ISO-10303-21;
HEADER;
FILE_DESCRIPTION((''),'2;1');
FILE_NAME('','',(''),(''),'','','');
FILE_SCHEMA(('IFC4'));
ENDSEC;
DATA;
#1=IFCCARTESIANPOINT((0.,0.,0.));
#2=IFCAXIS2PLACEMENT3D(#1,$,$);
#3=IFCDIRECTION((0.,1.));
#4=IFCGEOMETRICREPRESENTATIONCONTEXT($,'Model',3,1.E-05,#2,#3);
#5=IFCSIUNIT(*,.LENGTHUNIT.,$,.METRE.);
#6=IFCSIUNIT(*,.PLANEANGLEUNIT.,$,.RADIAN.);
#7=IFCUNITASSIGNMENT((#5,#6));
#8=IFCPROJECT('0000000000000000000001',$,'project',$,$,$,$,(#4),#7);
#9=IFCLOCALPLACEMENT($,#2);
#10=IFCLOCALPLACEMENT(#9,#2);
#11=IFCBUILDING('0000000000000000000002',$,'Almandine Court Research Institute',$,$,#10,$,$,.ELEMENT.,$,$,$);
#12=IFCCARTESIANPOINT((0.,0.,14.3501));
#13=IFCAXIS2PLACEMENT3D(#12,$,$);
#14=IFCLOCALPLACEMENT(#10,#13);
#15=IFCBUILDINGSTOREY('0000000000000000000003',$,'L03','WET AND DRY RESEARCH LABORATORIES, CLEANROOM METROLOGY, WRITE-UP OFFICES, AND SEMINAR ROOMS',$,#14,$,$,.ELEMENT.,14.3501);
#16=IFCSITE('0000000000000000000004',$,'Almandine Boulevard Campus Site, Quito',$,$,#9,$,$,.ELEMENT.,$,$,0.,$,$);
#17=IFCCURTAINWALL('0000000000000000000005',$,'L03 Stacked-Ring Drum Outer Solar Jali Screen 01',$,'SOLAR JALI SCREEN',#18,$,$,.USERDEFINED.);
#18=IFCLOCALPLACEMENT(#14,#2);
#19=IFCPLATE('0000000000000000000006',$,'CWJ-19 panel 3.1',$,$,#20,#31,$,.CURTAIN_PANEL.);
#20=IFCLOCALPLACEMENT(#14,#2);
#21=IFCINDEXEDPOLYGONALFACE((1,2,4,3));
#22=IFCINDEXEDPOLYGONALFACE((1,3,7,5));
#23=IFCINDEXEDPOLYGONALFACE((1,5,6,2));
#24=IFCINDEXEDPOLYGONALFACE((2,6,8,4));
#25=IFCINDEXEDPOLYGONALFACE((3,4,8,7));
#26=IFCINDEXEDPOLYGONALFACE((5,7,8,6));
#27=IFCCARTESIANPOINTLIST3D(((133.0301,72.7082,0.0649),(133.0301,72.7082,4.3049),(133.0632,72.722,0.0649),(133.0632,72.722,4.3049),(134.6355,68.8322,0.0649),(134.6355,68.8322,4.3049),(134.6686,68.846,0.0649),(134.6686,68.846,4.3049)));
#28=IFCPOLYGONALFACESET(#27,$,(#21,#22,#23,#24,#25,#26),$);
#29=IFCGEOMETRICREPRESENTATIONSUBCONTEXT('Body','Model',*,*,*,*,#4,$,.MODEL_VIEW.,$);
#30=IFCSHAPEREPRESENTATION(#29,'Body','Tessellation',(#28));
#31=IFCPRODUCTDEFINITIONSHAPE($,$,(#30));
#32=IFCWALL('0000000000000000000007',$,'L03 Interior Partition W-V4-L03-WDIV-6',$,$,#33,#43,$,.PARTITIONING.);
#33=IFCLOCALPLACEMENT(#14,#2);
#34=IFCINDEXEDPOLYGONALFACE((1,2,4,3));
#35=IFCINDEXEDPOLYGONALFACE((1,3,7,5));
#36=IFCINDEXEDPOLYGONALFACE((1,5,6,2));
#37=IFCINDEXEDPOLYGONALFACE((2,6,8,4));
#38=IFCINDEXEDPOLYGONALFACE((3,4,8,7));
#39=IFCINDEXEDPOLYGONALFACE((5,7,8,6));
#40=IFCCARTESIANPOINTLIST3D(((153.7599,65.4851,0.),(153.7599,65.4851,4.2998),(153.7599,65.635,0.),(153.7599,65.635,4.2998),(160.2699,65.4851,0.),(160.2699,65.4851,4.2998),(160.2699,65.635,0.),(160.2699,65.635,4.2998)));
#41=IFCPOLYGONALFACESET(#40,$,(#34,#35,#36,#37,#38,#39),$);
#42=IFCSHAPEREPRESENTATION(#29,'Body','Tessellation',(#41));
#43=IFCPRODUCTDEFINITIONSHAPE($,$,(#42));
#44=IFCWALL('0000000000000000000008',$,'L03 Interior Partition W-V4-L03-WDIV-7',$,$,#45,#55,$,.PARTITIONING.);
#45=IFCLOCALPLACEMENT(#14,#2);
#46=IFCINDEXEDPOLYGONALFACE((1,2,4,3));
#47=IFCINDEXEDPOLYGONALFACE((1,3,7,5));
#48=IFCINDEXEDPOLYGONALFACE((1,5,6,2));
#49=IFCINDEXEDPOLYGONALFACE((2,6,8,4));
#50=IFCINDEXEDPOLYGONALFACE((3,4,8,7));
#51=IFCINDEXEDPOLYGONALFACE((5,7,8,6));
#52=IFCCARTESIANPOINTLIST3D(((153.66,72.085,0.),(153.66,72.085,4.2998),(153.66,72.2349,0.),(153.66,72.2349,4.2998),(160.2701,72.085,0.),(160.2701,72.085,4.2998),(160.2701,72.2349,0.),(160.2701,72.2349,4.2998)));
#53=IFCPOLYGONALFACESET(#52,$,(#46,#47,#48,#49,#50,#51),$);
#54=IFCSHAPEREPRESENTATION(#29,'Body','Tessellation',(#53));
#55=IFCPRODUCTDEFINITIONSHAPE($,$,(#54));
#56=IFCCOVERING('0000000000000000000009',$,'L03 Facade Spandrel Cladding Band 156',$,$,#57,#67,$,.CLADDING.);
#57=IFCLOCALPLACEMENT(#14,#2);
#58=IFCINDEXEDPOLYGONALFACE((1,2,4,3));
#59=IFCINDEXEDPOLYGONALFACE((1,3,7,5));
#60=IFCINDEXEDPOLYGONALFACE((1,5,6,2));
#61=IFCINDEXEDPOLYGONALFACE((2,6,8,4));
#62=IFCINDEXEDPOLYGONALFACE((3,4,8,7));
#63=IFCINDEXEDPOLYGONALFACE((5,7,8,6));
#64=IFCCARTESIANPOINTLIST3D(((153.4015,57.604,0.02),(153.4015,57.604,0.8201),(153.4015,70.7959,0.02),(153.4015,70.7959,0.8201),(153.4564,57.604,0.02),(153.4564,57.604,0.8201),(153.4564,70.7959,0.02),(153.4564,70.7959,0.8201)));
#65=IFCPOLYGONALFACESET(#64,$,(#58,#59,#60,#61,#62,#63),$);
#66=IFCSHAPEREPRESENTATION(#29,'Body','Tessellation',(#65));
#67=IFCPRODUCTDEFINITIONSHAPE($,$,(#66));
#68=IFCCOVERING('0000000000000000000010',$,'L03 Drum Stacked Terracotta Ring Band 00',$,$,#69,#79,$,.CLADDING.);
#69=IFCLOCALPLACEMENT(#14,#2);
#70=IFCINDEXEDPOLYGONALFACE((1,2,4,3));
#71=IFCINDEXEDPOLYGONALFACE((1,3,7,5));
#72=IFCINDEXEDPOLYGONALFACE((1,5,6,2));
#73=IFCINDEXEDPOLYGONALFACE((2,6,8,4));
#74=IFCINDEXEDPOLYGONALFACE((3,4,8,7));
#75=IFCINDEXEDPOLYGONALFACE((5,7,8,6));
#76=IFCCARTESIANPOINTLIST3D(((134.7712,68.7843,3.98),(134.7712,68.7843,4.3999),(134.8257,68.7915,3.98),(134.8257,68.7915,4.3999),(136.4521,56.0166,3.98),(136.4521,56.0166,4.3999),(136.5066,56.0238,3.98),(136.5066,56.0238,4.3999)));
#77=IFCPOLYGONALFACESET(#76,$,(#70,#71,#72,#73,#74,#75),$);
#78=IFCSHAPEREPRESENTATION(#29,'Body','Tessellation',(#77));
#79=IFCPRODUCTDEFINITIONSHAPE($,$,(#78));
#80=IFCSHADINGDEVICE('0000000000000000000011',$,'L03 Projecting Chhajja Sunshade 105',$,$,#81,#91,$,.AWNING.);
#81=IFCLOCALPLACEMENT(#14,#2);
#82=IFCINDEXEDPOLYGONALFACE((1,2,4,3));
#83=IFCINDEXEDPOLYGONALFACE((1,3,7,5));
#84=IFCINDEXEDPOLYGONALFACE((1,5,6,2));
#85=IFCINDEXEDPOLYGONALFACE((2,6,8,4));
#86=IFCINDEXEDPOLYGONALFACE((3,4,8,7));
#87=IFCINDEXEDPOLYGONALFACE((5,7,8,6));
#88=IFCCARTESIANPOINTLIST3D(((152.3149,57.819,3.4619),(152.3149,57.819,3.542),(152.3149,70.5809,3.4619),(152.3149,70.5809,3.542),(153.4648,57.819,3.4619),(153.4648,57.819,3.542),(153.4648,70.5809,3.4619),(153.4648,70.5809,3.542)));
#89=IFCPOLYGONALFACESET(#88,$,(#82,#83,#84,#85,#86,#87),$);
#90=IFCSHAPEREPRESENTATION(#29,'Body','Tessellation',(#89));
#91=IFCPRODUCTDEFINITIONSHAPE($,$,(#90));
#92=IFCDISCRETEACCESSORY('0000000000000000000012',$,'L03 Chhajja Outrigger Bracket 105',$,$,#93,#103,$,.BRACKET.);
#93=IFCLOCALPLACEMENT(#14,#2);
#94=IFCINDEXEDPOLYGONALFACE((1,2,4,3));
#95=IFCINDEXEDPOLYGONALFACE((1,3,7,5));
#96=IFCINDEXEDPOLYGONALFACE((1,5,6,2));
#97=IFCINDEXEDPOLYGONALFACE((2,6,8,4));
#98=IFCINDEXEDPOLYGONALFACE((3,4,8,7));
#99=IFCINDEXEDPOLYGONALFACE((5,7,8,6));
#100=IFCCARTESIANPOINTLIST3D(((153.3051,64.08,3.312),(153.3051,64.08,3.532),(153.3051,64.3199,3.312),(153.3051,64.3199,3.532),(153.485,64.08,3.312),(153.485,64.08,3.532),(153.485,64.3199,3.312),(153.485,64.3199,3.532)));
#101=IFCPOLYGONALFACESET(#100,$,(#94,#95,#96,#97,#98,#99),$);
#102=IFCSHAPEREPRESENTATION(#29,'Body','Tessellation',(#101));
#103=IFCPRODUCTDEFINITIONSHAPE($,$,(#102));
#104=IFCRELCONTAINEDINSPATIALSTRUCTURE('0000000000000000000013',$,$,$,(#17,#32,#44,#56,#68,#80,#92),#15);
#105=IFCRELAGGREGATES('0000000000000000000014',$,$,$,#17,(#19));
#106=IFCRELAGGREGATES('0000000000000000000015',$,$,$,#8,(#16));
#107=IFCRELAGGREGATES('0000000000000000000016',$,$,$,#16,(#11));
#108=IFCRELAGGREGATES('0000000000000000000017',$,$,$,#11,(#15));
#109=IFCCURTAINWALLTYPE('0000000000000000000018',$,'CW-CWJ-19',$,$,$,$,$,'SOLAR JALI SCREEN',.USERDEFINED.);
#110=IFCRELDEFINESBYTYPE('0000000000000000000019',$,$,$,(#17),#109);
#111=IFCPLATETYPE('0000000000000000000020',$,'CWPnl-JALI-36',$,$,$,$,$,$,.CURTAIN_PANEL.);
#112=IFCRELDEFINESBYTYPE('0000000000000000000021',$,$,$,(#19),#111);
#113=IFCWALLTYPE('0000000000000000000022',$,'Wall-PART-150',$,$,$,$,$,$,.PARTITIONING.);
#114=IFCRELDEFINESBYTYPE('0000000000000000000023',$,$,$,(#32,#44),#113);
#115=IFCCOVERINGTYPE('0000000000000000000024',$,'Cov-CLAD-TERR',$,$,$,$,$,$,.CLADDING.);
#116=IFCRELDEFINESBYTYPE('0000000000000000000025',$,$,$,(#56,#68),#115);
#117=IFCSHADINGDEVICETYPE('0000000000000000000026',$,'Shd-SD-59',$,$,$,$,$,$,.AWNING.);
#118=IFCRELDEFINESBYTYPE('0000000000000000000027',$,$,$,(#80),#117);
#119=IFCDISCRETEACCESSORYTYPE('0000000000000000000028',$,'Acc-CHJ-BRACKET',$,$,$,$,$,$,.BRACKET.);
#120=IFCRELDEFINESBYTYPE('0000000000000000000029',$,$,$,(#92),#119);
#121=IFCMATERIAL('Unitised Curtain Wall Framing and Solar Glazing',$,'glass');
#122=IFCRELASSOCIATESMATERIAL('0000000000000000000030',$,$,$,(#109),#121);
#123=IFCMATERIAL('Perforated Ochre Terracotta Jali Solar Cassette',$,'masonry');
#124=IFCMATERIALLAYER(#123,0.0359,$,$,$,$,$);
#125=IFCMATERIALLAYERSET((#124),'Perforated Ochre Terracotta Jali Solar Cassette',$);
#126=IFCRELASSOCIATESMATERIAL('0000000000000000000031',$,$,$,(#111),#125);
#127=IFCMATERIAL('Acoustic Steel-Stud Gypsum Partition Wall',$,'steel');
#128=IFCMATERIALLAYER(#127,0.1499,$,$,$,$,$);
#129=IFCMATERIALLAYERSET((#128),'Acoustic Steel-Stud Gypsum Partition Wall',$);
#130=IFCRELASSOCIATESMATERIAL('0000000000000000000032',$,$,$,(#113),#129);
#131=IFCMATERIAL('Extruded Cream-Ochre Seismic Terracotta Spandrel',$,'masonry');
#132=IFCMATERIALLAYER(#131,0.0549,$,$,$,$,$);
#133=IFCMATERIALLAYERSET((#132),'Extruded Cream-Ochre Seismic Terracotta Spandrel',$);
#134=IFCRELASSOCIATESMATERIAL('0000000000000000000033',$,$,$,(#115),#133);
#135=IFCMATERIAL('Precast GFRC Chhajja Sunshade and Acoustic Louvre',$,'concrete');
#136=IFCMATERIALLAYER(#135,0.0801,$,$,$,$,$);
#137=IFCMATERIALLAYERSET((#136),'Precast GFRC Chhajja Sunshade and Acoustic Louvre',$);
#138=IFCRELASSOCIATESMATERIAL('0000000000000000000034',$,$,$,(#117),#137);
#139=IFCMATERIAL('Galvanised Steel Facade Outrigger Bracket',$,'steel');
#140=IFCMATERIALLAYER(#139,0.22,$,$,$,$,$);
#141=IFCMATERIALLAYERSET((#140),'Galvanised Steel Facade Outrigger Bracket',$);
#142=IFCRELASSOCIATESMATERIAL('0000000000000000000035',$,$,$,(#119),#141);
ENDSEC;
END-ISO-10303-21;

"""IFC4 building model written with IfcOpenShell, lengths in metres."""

from ifc_helpers import new_model, si_unit, direction, frame, frame_2d, origin, origin_2d, place, context, subcontext, project, spatial, rectangle, extrude, material, layer, layer_set, type_object, element, aggregate, save


model = new_model("IFC4")

# Units and contexts
model_context = context("Model", 3, precision=1e-05, world=origin(), true_north=direction((0.0, 1.0)))
body_context = subcontext(model_context, "Body", "Model", "MODEL_VIEW")
ifc_project = project(units=[si_unit("LENGTHUNIT", "METRE"), si_unit("PLANEANGLEUNIT", "RADIAN")], contexts=[model_context])

# Site, building, storey
site_placement = place(None, origin())
site = spatial("IfcSite", under=ifc_project, at=site_placement, Name="Almandine Boulevard Campus Site, Quito", CompositionType="ELEMENT", RefElevation=0.0)
building_placement = place(site_placement, origin())
building = spatial("IfcBuilding", under=site, at=building_placement, Name="Almandine Court Research Institute", CompositionType="ELEMENT")
storey_placement = place(building_placement, frame((0.0, 0.0, 14.3501)))
storey = spatial("IfcBuildingStorey", under=building, at=storey_placement, Name="L03", Description="WET AND DRY RESEARCH LABORATORIES, CLEANROOM METROLOGY, WRITE-UP OFFICES, AND SEMINAR ROOMS", CompositionType="ELEMENT", Elevation=14.3501)

# Shared definitions
ifc_material_1 = material(Name="Unitised Curtain Wall Framing and Solar Glazing", Category="glass")

# Curtain wall
curtain_wall_type_1 = type_object("IfcCurtainWallType", Name="CW-CWJ-19", ElementType="SOLAR JALI SCREEN", PredefinedType="USERDEFINED", material=ifc_material_1)
curtain_wall_1_placement = place(storey_placement, origin())
curtain_wall_1 = element("IfcCurtainWall", 1, at=curtain_wall_1_placement, inside=storey, type_object=curtain_wall_type_1, Name="L03 Stacked-Ring Drum Outer Solar Jali Screen 01", ObjectType="SOLAR JALI SCREEN", PredefinedType="USERDEFINED")

# Plate
ifc_material_2 = material(Name="Perforated Ochre Terracotta Jali Solar Cassette", Category="masonry")
ifc_layer_1 = layer(ifc_material_2, 0.0359)
ifc_layer_set_1 = layer_set([ifc_layer_1], Name="Perforated Ochre Terracotta Jali Solar Cassette")
plate_type = type_object("IfcPlateType", Name="CWPnl-JALI-36", PredefinedType="CURTAIN_PANEL", material=ifc_layer_set_1)
plate_1_placement = place(storey_placement, frame((133.8494, 70.7771, 0.0649), z_axis=(0.0, 0.0, 1.0), x_axis=(0.382663, -0.923888, 0.0)))
plate_1 = element("IfcPlate", 2, at=plate_1_placement, type_object=plate_type, Name="CWJ-19 panel 3.1", PredefinedType="CURTAIN_PANEL", context=body_context, shape_type="SweptSolid", body=[
    extrude(rectangle(XDim=4.1953, YDim=0.0359, at=origin_2d()), origin(), (0.0, 0.0, 1.0), 4.24),
])
aggregate(curtain_wall_1, [plate_1])

# Walls
ifc_material_3 = material(Name="Acoustic Steel-Stud Gypsum Partition Wall", Category="steel")
ifc_layer_2 = layer(ifc_material_3, 0.1499)
ifc_layer_set_2 = layer_set([ifc_layer_2], Name="Acoustic Steel-Stud Gypsum Partition Wall")
wall_type = type_object("IfcWallType", Name="Wall-PART-150", PredefinedType="PARTITIONING", material=ifc_layer_set_2)
wall_1_placement = place(storey_placement, frame((153.76, 65.5601, 0.0), z_axis=(0.0, 0.0, 1.0), x_axis=(1.0, 0.0, 0.0)))
element("IfcWall", 3, at=wall_1_placement, inside=storey, type_object=wall_type, Name="L03 Interior Partition W-V4-L03-WDIV-6", PredefinedType="PARTITIONING", context=body_context, shape_type="SweptSolid", body=[
    extrude(rectangle(XDim=6.51, YDim=0.1499, at=frame_2d((3.2549, 0.0))), origin(), (0.0, 0.0, 1.0), 4.2998),
])
wall_2_placement = place(storey_placement, frame((153.6599, 72.1599, 0.0), z_axis=(0.0, 0.0, 1.0), x_axis=(1.0, 0.0, 0.0)))
element("IfcWall", 4, at=wall_2_placement, inside=storey, type_object=wall_type, Name="L03 Interior Partition W-V4-L03-WDIV-7", PredefinedType="PARTITIONING", context=body_context, shape_type="SweptSolid", body=[
    extrude(rectangle(XDim=6.6101, YDim=0.1499, at=frame_2d((3.3052, 0.0))), origin(), (0.0, 0.0, 1.0), 4.2998),
])

# Coverings
ifc_material_4 = material(Name="Extruded Cream-Ochre Seismic Terracotta Spandrel", Category="masonry")
ifc_layer_3 = layer(ifc_material_4, 0.0549)
ifc_layer_set_3 = layer_set([ifc_layer_3], Name="Extruded Cream-Ochre Seismic Terracotta Spandrel")
covering_type = type_object("IfcCoveringType", Name="Cov-CLAD-TERR", PredefinedType="CLADDING", material=ifc_layer_set_3)
covering_1_placement = place(storey_placement, frame((153.429, 64.2, 0.02), z_axis=(0.0, 0.0, 1.0), x_axis=(0.0, 1.0, 0.0)))
element("IfcCovering", 5, at=covering_1_placement, inside=storey, type_object=covering_type, Name="L03 Facade Spandrel Cladding Band 156", PredefinedType="CLADDING", context=body_context, shape_type="SweptSolid", body=[
    extrude(rectangle(XDim=13.1919, YDim=0.0549, at=origin_2d()), origin(), (0.0, 0.0, 1.0), 0.8),
])
covering_2_placement = place(storey_placement, frame((135.6389, 62.4041, 3.98), z_axis=(0.0, 0.0, 1.0), x_axis=(0.130526, -0.991445, 0.0)))
element("IfcCovering", 6, at=covering_2_placement, inside=storey, type_object=covering_type, Name="L03 Drum Stacked Terracotta Ring Band 00", PredefinedType="CLADDING", context=body_context, shape_type="SweptSolid", body=[
    extrude(rectangle(XDim=12.8779, YDim=0.0549, at=origin_2d()), origin(), (0.0, 0.0, 1.0), 0.4199),
])

# Shading device
ifc_material_5 = material(Name="Precast GFRC Chhajja Sunshade and Acoustic Louvre", Category="concrete")
ifc_layer_4 = layer(ifc_material_5, 0.0801)
ifc_layer_set_4 = layer_set([ifc_layer_4], Name="Precast GFRC Chhajja Sunshade and Acoustic Louvre")
shading_device_type = type_object("IfcShadingDeviceType", Name="Shd-SD-59", PredefinedType="AWNING", material=ifc_layer_set_4)
shading_device_placement = place(storey_placement, frame((152.8899, 64.2, 3.4619), z_axis=(0.0, 0.0, 1.0), x_axis=(0.0, 1.0, 0.0)))
element("IfcShadingDevice", 7, at=shading_device_placement, inside=storey, type_object=shading_device_type, Name="L03 Projecting Chhajja Sunshade 105", PredefinedType="AWNING", context=body_context, shape_type="SweptSolid", body=[
    extrude(rectangle(XDim=12.762, YDim=1.1499, at=origin_2d()), origin(), (0.0, 0.0, 1.0), 0.0801),
])

# Discrete accessory
ifc_material_6 = material(Name="Galvanised Steel Facade Outrigger Bracket", Category="steel")
ifc_layer_5 = layer(ifc_material_6, 0.22)
ifc_layer_set_5 = layer_set([ifc_layer_5], Name="Galvanised Steel Facade Outrigger Bracket")
discrete_accessory_type = type_object("IfcDiscreteAccessoryType", Name="Acc-CHJ-BRACKET", PredefinedType="BRACKET", material=ifc_layer_set_5)
discrete_accessory_placement = place(storey_placement, frame((153.395, 64.2, 3.312), z_axis=(0.0, 0.0, 1.0), x_axis=(0.0, 1.0, 0.0)))
element("IfcDiscreteAccessory", 8, at=discrete_accessory_placement, inside=storey, type_object=discrete_accessory_type, Name="L03 Chhajja Outrigger Bracket 105", PredefinedType="BRACKET", context=body_context, shape_type="SweptSolid", body=[
    extrude(rectangle(XDim=0.24, YDim=0.1799, at=origin_2d()), origin(), (0.0, 0.0, 1.0), 0.22),
])

save(model, "model.ifc")
